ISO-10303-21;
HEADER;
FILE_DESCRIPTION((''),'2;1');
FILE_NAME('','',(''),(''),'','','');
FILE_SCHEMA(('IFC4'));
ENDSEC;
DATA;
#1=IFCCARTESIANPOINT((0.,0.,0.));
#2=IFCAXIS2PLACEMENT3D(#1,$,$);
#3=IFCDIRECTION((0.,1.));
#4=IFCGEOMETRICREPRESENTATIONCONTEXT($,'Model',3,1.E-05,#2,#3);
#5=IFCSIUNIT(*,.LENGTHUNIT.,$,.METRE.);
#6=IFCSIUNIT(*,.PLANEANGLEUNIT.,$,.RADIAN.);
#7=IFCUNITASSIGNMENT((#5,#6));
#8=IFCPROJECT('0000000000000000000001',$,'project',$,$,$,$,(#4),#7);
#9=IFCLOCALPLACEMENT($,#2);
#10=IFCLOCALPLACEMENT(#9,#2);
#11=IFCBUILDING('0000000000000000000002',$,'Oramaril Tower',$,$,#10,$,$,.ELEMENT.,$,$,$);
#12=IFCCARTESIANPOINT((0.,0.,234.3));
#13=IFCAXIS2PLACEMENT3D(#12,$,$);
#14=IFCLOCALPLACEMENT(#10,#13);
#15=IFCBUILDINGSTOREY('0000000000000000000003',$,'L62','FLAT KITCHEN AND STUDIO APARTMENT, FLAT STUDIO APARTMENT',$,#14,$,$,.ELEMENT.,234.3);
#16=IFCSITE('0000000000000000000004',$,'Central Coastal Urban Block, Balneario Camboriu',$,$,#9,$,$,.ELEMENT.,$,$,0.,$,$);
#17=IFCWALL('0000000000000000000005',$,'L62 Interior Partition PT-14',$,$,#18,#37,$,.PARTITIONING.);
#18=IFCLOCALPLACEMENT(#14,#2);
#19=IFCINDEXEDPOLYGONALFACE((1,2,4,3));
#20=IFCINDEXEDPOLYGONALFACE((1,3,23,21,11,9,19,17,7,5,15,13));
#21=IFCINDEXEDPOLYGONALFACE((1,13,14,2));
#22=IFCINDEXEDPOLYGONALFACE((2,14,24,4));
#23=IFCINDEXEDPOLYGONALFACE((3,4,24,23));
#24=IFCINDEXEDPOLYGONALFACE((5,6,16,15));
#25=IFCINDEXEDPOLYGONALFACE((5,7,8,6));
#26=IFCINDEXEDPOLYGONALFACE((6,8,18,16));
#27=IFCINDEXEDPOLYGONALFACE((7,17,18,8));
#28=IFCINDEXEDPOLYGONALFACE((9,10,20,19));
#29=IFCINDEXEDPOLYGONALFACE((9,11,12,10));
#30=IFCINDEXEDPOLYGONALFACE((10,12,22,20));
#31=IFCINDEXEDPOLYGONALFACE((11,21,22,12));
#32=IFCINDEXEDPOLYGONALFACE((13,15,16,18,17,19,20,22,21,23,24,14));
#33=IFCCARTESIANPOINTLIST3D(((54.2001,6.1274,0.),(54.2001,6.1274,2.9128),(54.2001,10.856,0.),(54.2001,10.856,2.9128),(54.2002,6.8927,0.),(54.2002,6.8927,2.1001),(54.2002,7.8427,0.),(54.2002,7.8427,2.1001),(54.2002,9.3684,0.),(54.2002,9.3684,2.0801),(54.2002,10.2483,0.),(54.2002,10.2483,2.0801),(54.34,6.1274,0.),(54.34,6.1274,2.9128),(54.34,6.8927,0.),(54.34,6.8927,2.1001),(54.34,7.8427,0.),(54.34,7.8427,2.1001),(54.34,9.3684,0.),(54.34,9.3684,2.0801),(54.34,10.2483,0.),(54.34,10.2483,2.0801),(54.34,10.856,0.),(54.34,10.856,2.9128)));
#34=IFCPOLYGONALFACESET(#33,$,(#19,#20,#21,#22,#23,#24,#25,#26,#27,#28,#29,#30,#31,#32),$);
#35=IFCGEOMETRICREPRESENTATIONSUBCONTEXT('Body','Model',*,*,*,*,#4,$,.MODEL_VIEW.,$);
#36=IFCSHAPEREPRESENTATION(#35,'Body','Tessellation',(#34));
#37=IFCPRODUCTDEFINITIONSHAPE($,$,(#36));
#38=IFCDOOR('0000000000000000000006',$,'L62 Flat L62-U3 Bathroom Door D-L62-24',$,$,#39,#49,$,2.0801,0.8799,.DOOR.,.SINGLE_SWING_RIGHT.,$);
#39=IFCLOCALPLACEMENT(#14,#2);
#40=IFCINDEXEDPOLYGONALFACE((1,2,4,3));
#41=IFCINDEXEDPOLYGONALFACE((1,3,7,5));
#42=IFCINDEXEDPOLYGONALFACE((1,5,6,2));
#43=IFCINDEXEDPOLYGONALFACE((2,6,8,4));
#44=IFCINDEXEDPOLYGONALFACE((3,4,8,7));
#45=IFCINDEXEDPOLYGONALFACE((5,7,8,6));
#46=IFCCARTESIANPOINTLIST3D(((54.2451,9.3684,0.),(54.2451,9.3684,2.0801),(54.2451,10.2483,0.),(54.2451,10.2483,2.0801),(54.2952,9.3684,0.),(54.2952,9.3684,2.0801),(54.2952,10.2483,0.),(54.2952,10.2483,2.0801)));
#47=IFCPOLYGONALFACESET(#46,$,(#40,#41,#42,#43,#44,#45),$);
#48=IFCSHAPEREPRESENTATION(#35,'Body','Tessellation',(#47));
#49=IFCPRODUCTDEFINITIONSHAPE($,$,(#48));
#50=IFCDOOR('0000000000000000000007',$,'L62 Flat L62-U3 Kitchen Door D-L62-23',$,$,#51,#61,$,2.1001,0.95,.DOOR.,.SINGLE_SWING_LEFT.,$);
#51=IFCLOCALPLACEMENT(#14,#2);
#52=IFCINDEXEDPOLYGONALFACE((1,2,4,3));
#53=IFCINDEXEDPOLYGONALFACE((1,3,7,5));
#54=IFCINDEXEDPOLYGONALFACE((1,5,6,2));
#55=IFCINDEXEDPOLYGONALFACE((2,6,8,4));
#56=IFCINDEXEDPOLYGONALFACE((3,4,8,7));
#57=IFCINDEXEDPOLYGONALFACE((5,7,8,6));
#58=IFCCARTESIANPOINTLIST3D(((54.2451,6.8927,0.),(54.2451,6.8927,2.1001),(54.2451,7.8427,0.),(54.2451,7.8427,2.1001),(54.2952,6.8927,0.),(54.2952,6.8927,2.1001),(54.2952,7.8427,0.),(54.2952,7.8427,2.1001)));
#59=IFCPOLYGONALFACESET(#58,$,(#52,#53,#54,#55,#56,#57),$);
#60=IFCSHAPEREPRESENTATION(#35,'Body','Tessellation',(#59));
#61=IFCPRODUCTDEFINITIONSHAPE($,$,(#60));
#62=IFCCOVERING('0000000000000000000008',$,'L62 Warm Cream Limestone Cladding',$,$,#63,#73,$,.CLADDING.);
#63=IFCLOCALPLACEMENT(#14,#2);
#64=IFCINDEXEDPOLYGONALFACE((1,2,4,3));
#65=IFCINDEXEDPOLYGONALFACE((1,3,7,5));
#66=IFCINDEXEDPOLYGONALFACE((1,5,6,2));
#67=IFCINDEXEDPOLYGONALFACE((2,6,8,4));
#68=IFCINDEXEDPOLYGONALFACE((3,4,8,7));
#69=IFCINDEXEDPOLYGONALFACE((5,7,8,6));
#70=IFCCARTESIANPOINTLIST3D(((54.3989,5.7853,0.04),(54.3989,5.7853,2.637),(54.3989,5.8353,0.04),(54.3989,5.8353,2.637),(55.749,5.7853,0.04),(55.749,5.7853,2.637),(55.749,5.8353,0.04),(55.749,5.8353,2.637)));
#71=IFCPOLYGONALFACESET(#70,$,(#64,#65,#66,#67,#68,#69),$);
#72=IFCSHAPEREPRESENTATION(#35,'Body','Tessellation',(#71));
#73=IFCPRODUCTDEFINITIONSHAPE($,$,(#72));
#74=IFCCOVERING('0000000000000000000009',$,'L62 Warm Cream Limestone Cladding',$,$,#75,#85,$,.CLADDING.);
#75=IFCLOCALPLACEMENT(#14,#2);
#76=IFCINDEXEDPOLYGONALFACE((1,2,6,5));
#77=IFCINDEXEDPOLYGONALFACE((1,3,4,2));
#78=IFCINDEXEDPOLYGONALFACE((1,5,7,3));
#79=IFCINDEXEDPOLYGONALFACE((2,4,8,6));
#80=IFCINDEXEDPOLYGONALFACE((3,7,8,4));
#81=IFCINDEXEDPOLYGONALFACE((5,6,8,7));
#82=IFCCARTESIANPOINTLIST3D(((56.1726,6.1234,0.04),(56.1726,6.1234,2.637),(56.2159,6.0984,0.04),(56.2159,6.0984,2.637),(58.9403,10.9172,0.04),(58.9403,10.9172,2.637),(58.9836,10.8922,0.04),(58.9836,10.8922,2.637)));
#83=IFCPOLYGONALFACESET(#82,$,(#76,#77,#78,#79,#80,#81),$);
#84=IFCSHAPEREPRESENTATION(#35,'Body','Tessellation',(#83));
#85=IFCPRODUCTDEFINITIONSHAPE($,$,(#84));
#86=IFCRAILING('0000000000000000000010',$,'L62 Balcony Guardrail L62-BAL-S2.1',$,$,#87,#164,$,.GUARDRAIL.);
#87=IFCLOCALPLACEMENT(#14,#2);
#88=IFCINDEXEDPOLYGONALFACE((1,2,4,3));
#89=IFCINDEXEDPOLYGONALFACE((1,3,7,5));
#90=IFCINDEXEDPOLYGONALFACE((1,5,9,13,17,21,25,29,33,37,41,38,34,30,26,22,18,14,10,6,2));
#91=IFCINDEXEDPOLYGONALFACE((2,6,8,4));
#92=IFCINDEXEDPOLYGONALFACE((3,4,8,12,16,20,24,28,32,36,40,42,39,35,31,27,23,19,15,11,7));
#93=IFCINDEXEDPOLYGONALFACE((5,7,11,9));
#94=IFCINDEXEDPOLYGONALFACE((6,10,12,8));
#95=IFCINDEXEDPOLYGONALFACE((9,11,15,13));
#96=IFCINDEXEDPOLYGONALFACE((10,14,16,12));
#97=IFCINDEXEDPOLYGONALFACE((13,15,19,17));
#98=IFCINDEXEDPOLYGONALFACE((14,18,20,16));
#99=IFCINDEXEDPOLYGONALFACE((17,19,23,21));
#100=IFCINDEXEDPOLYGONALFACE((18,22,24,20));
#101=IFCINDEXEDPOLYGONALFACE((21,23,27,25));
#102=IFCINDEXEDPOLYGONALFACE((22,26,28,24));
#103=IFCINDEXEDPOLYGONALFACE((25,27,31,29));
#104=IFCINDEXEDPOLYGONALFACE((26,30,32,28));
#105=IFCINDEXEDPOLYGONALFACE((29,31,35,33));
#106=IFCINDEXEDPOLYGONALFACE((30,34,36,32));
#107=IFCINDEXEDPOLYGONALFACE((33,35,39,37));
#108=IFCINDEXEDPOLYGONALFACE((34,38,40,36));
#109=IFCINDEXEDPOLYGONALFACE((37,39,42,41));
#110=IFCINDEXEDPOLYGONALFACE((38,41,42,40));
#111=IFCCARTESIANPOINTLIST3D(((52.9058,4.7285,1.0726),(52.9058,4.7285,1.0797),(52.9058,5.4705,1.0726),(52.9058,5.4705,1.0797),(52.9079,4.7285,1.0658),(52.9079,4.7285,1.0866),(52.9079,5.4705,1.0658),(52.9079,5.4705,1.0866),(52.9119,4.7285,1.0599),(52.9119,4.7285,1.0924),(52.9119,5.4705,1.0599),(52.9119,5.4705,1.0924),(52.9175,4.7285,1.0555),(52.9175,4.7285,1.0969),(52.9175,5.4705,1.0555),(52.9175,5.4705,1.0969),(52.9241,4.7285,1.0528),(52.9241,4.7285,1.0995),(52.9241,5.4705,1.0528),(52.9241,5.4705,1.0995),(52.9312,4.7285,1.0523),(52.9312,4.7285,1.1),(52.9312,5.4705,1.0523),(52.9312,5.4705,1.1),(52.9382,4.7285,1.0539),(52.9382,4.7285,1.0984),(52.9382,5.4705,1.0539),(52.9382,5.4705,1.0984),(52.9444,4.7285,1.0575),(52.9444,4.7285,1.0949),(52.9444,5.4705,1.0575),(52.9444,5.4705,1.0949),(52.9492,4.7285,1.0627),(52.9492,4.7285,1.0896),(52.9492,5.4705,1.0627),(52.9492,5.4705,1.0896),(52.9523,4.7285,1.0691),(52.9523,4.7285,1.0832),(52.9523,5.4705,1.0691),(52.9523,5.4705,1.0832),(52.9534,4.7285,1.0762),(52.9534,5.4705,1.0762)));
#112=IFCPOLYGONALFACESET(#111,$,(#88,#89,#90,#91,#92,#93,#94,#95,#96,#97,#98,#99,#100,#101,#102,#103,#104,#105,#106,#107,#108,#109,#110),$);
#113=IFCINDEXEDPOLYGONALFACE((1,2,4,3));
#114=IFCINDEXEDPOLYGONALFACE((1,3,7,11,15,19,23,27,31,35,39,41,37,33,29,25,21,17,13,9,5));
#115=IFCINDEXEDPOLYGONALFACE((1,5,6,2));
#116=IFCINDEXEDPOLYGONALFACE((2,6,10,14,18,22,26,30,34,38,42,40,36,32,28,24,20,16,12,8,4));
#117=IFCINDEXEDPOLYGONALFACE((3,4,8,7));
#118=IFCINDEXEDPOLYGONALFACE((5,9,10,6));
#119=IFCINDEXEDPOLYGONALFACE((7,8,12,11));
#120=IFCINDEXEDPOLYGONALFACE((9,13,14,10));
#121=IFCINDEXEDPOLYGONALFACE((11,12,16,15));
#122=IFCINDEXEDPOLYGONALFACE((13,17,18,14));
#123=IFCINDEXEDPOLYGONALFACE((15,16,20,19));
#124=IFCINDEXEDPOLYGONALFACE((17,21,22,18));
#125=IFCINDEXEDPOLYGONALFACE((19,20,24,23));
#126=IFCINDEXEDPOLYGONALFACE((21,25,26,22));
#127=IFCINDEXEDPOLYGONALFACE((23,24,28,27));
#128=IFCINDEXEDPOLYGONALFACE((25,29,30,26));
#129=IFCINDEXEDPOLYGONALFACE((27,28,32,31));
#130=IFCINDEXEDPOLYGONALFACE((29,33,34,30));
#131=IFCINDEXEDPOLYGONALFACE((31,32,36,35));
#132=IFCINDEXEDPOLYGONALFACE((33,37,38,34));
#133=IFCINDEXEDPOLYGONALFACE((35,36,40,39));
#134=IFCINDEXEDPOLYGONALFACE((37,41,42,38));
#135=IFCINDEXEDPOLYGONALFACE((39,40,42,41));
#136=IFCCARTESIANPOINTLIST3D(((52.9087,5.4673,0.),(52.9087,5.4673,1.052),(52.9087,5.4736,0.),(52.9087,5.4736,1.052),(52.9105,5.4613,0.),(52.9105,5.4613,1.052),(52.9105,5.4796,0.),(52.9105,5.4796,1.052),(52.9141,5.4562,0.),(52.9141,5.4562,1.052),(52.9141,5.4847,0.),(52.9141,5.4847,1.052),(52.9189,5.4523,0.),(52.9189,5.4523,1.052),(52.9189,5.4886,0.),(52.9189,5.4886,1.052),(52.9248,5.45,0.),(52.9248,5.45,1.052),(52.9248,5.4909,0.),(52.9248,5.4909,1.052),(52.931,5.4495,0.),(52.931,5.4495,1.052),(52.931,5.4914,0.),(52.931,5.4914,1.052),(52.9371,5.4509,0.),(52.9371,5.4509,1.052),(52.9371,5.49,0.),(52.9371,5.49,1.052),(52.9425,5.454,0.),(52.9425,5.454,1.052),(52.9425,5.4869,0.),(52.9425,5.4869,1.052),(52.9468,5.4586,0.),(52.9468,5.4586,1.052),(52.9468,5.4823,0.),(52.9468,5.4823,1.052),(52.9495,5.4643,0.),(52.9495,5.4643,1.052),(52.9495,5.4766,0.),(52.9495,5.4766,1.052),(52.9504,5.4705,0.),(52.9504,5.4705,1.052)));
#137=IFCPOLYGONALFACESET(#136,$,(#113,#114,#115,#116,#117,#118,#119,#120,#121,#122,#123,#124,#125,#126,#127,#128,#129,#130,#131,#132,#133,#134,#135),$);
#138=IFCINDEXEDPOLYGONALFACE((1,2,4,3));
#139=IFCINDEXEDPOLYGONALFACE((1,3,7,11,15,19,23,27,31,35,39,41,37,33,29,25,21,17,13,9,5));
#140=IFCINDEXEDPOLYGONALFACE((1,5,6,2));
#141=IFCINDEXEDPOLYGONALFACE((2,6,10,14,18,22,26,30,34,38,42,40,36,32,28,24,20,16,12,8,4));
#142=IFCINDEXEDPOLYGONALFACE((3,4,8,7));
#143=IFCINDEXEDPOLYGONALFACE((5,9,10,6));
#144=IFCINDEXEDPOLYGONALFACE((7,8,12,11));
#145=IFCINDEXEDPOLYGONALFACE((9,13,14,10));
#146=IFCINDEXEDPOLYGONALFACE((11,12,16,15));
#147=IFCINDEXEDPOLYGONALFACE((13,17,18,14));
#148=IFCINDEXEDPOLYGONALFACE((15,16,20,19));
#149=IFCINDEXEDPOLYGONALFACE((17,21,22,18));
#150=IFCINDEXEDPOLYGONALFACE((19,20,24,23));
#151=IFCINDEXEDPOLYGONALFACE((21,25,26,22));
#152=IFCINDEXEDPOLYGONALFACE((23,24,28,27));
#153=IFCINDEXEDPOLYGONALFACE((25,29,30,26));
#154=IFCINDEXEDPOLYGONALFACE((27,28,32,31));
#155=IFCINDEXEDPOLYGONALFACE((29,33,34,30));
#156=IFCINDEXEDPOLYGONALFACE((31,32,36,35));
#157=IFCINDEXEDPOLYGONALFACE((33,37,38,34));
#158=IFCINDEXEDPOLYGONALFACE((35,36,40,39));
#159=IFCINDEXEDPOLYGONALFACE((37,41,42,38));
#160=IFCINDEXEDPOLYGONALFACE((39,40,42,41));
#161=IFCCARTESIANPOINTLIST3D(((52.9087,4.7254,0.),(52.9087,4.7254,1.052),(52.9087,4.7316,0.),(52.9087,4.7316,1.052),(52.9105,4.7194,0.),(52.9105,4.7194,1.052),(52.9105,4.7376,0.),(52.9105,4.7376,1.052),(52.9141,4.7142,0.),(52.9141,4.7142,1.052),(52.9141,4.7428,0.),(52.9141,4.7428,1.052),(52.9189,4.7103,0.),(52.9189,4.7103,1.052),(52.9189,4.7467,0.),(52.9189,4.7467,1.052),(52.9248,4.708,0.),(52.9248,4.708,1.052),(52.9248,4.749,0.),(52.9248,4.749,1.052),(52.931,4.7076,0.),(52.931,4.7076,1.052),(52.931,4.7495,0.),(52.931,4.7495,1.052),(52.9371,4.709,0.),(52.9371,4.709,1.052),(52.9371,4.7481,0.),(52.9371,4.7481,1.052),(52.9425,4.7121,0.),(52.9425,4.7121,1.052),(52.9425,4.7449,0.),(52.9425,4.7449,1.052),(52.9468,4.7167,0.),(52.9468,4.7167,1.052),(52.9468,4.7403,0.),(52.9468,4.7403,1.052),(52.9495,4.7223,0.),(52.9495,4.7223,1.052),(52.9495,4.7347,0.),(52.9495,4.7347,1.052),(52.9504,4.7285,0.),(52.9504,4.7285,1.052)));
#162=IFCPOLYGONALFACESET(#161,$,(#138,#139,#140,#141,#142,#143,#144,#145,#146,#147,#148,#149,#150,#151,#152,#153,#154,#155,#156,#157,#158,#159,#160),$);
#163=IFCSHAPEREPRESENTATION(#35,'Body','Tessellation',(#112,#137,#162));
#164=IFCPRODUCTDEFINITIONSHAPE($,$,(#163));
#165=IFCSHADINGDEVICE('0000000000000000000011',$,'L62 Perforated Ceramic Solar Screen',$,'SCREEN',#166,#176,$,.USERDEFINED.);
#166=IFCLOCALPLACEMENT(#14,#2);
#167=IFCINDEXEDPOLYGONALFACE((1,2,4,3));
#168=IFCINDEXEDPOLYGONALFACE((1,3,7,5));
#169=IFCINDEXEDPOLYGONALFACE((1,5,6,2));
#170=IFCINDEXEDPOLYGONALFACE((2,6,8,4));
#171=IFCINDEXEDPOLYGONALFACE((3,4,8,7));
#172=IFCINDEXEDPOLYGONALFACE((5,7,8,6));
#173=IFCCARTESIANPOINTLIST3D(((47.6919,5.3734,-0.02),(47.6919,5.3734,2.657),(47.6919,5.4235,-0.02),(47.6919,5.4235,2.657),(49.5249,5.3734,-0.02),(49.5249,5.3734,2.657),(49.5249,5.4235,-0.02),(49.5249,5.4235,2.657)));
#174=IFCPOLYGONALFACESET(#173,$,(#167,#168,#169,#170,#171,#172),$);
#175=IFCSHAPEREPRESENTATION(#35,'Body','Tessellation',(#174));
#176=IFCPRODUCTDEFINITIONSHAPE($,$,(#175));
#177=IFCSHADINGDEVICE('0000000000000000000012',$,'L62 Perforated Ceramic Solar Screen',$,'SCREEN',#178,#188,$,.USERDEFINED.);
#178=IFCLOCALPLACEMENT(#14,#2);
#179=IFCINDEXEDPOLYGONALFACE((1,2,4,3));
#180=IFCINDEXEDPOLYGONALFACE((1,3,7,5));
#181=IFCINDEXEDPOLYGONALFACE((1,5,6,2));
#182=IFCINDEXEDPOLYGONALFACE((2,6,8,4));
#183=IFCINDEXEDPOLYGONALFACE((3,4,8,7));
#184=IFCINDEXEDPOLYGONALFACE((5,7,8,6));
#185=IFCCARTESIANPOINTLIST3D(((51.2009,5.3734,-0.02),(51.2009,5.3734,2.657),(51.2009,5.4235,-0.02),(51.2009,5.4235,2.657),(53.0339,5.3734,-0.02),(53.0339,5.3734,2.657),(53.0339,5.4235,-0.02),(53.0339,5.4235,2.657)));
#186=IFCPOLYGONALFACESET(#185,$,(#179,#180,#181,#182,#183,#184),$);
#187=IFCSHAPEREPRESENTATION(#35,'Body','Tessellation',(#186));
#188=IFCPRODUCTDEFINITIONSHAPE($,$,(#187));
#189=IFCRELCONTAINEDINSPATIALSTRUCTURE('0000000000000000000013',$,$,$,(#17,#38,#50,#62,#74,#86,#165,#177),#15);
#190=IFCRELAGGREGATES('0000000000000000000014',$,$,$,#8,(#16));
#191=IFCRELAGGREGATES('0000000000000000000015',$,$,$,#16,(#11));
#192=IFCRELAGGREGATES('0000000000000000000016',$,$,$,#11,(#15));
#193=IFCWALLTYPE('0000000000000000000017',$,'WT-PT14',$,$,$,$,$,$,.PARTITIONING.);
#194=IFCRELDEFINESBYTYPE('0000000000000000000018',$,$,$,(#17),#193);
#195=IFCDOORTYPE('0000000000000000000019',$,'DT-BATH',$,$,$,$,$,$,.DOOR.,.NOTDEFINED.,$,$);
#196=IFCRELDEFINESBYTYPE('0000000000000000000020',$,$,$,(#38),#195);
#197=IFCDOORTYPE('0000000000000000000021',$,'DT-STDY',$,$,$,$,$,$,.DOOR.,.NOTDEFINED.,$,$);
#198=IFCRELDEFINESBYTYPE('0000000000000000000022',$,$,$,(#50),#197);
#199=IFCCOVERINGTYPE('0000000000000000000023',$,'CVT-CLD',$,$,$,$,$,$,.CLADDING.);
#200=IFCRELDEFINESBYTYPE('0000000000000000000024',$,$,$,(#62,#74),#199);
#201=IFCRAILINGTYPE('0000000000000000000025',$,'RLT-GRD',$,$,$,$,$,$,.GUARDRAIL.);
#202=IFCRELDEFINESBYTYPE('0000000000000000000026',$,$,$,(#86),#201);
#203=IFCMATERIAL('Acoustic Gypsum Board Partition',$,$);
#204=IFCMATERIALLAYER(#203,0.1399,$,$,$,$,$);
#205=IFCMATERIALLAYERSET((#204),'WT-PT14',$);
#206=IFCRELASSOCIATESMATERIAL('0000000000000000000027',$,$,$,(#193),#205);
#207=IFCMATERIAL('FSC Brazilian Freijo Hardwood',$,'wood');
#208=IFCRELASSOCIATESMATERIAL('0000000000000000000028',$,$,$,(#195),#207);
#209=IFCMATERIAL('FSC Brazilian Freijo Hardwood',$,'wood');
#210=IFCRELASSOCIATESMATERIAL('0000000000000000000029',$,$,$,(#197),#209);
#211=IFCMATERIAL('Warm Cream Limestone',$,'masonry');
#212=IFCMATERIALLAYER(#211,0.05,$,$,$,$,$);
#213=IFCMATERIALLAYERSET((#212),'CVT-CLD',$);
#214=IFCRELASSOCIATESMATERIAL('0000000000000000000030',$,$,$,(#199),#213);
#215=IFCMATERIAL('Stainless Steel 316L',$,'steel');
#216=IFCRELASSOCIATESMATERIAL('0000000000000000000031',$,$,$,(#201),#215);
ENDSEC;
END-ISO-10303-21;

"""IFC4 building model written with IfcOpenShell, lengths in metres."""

from ifc_helpers import new_model, si_unit, direction, frame, frame_2d, origin, origin_2d, place, context, subcontext, project, spatial, rectangle, circle, extrude, material, layer, layer_set, type_object, element, fill, save


model = new_model("IFC4")

# Units and contexts
model_context = context("Model", 3, precision=1e-05, world=origin(), true_north=direction((0.0, 1.0)))
body_context = subcontext(model_context, "Body", "Model", "MODEL_VIEW")
ifc_project = project(units=[si_unit("LENGTHUNIT", "METRE"), si_unit("PLANEANGLEUNIT", "RADIAN")], contexts=[model_context])

# Site, building, storey
site_placement = place(None, origin())
site = spatial("IfcSite", under=ifc_project, at=site_placement, Name="Central Coastal Urban Block, Balneario Camboriu", CompositionType="ELEMENT", RefElevation=0.0)
building_placement = place(site_placement, origin())
building = spatial("IfcBuilding", under=site, at=building_placement, Name="Oramaril Tower", CompositionType="ELEMENT")
storey_placement = place(building_placement, frame((0.0, 0.0, 234.3)))
storey = spatial("IfcBuildingStorey", under=building, at=storey_placement, Name="L62", Description="FLAT KITCHEN AND STUDIO APARTMENT, FLAT STUDIO APARTMENT", CompositionType="ELEMENT", Elevation=234.3)

# Wall, openings, doors
ifc_material_1 = material(Name="Acoustic Gypsum Board Partition")
ifc_layer_1 = layer(ifc_material_1, 0.1399)
ifc_layer_set_1 = layer_set([ifc_layer_1], Name="WT-PT14")
wall_type_1 = type_object("IfcWallType", Name="WT-PT14", PredefinedType="PARTITIONING", material=ifc_layer_set_1)
wall_1_placement = place(storey_placement, frame((54.27, 6.1274, 0.0), z_axis=(0.0, 0.0, 1.0), x_axis=(0.0, 1.0, 0.0)))
wall_1 = element("IfcWall", 1, at=wall_1_placement, inside=storey, type_object=wall_type_1, Name="L62 Interior Partition PT-14", PredefinedType="PARTITIONING", context=body_context, shape_type="SweptSolid", body=[
    extrude(rectangle(XDim=4.7285, YDim=0.1399, at=frame_2d((2.3643, 0.0))), origin(), (0.0, 0.0, 1.0), 2.9128),
])
opening_1_placement = place(wall_1_placement, frame((0.7651, 0.0, 0.0)))
opening_1 = element("IfcOpeningElement", 2, at=opening_1_placement, cuts=wall_1, PredefinedType="OPENING", context=body_context, shape_type="SweptSolid", body=[
    extrude(rectangle(XDim=0.95, YDim=2.1001, at=frame_2d((0.4751, 1.05))), frame((0.0, 0.0698, 0.0), z_axis=(0.0, -1.0, 0.0), x_axis=(1.0, 0.0, 0.0)), (0.0, 0.0, 1.0), 0.1399),
])
opening_2_placement = place(wall_1_placement, frame((3.241, 0.0, 0.0)))
opening_2 = element("IfcOpeningElement", 3, at=opening_2_placement, cuts=wall_1, PredefinedType="OPENING", context=body_context, shape_type="SweptSolid", body=[
    extrude(rectangle(XDim=0.8799, YDim=2.0801, at=frame_2d((0.4399, 1.04))), frame((0.0, 0.0698, 0.0), z_axis=(0.0, -1.0, 0.0), x_axis=(1.0, 0.0, 0.0)), (0.0, 0.0, 1.0), 0.1399),
])
ifc_material_2 = material(Name="FSC Brazilian Freijo Hardwood", Category="wood")
door_type_1 = type_object("IfcDoorType", Name="DT-BATH", OperationType="NOTDEFINED", PredefinedType="DOOR", material=ifc_material_2)
door_1_placement = place(opening_2_placement, origin())
door_1 = element("IfcDoor", 4, at=door_1_placement, inside=storey, type_object=door_type_1, Name="L62 Flat L62-U3 Bathroom Door D-L62-24", OperationType="SINGLE_SWING_RIGHT", OverallHeight=2.0801, OverallWidth=0.8799, PredefinedType="DOOR", context=body_context, shape_type="SweptSolid", body=[
    extrude(rectangle(XDim=0.8799, YDim=2.0801, at=frame_2d((0.4399, 1.04))), frame((0.0, 0.0249, 0.0), z_axis=(0.0, -1.0, 0.0), x_axis=(1.0, 0.0, 0.0)), (0.0, 0.0, 1.0), 0.05),
])
fill(opening_2, door_1)
ifc_material_3 = material(Name="FSC Brazilian Freijo Hardwood", Category="wood")
door_type_2 = type_object("IfcDoorType", Name="DT-STDY", OperationType="NOTDEFINED", PredefinedType="DOOR", material=ifc_material_3)
door_2_placement = place(opening_1_placement, origin())
door_2 = element("IfcDoor", 5, at=door_2_placement, inside=storey, type_object=door_type_2, Name="L62 Flat L62-U3 Kitchen Door D-L62-23", OperationType="SINGLE_SWING_LEFT", OverallHeight=2.1001, OverallWidth=0.95, PredefinedType="DOOR", context=body_context, shape_type="SweptSolid", body=[
    extrude(rectangle(XDim=0.95, YDim=2.1001, at=frame_2d((0.4751, 1.05))), frame((0.0, 0.0249, 0.0), z_axis=(0.0, -1.0, 0.0), x_axis=(1.0, 0.0, 0.0)), (0.0, 0.0, 1.0), 0.05),
])
fill(opening_1, door_2)

# Coverings
ifc_material_4 = material(Name="Warm Cream Limestone", Category="masonry")
ifc_layer_2 = layer(ifc_material_4, 0.05)
ifc_layer_set_2 = layer_set([ifc_layer_2], Name="CVT-CLD")
covering_type = type_object("IfcCoveringType", Name="CVT-CLD", PredefinedType="CLADDING", material=ifc_layer_set_2)
covering_1_placement = place(storey_placement, frame((55.074, 5.8103, 0.04), z_axis=(0.0, 0.0, 1.0), x_axis=(1.0, 0.0, 0.0)))
element("IfcCovering", 6, at=covering_1_placement, inside=storey, type_object=covering_type, Name="L62 Warm Cream Limestone Cladding", PredefinedType="CLADDING", context=body_context, shape_type="SweptSolid", body=[
    extrude(rectangle(XDim=1.3501, YDim=0.05, at=origin_2d()), origin(), (0.0, 0.0, 1.0), 2.5969),
])
covering_2_placement = place(storey_placement, frame((57.5781, 8.5078, 0.04), z_axis=(0.0, 0.0, 1.0), x_axis=(0.5, 0.866025, 0.0)))
element("IfcCovering", 7, at=covering_2_placement, inside=storey, type_object=covering_type, Name="L62 Warm Cream Limestone Cladding", PredefinedType="CLADDING", context=body_context, shape_type="SweptSolid", body=[
    extrude(rectangle(XDim=5.5354, YDim=0.05, at=origin_2d()), origin(), (0.0, 0.0, 1.0), 2.5969),
])

# Railing
ifc_material_5 = material(Name="Stainless Steel 316L", Category="steel")
railing_type = type_object("IfcRailingType", Name="RLT-GRD", PredefinedType="GUARDRAIL", material=ifc_material_5)
railing_1_placement = place(storey_placement, frame((52.9294, 5.4705, 0.0)))
element("IfcRailing", 8, at=railing_1_placement, inside=storey, type_object=railing_type, Name="L62 Balcony Guardrail L62-BAL-S2.1", PredefinedType="GUARDRAIL", context=body_context, shape_type="SweptSolid", body=[
    extrude(circle(Radius=0.0239, at=origin_2d()), frame((0.0, 0.0, 1.0762), z_axis=(0.0, -1.0, 0.0), x_axis=(1.0, 0.0, 0.0)), (0.0, 0.0, 1.0), 0.7419),
    extrude(circle(Radius=0.021, at=origin_2d()), origin(), (0.0, 0.0, 1.0), 1.052),
    extrude(circle(Radius=0.021, at=origin_2d()), frame((0.0, -0.7419, 0.0)), (0.0, 0.0, 1.0), 1.052),
])

# Shading devices
for number, where, z_axis, x_axis, name in (
    (9, (48.6084, 5.3984, -0.02), (0.0, 0.0, 1.0), (1.0, 0.0, 0.0), "L62 Perforated Ceramic Solar Screen"),
    (10, (52.1174, 5.3984, -0.02), (0.0, 0.0, 1.0), (1.0, 0.0, 0.0), "L62 Perforated Ceramic Solar Screen"),
):
    element("IfcShadingDevice", number, at=place(storey_placement, frame(where, z_axis=z_axis, x_axis=x_axis)), inside=storey, Name=name, ObjectType="SCREEN", PredefinedType="USERDEFINED", context=body_context, shape_type="SweptSolid", body=[
        extrude(rectangle(XDim=1.833, YDim=0.05, at=origin_2d()), origin(), (0.0, 0.0, 1.0), 2.677),
    ])

save(model, "model.ifc")
